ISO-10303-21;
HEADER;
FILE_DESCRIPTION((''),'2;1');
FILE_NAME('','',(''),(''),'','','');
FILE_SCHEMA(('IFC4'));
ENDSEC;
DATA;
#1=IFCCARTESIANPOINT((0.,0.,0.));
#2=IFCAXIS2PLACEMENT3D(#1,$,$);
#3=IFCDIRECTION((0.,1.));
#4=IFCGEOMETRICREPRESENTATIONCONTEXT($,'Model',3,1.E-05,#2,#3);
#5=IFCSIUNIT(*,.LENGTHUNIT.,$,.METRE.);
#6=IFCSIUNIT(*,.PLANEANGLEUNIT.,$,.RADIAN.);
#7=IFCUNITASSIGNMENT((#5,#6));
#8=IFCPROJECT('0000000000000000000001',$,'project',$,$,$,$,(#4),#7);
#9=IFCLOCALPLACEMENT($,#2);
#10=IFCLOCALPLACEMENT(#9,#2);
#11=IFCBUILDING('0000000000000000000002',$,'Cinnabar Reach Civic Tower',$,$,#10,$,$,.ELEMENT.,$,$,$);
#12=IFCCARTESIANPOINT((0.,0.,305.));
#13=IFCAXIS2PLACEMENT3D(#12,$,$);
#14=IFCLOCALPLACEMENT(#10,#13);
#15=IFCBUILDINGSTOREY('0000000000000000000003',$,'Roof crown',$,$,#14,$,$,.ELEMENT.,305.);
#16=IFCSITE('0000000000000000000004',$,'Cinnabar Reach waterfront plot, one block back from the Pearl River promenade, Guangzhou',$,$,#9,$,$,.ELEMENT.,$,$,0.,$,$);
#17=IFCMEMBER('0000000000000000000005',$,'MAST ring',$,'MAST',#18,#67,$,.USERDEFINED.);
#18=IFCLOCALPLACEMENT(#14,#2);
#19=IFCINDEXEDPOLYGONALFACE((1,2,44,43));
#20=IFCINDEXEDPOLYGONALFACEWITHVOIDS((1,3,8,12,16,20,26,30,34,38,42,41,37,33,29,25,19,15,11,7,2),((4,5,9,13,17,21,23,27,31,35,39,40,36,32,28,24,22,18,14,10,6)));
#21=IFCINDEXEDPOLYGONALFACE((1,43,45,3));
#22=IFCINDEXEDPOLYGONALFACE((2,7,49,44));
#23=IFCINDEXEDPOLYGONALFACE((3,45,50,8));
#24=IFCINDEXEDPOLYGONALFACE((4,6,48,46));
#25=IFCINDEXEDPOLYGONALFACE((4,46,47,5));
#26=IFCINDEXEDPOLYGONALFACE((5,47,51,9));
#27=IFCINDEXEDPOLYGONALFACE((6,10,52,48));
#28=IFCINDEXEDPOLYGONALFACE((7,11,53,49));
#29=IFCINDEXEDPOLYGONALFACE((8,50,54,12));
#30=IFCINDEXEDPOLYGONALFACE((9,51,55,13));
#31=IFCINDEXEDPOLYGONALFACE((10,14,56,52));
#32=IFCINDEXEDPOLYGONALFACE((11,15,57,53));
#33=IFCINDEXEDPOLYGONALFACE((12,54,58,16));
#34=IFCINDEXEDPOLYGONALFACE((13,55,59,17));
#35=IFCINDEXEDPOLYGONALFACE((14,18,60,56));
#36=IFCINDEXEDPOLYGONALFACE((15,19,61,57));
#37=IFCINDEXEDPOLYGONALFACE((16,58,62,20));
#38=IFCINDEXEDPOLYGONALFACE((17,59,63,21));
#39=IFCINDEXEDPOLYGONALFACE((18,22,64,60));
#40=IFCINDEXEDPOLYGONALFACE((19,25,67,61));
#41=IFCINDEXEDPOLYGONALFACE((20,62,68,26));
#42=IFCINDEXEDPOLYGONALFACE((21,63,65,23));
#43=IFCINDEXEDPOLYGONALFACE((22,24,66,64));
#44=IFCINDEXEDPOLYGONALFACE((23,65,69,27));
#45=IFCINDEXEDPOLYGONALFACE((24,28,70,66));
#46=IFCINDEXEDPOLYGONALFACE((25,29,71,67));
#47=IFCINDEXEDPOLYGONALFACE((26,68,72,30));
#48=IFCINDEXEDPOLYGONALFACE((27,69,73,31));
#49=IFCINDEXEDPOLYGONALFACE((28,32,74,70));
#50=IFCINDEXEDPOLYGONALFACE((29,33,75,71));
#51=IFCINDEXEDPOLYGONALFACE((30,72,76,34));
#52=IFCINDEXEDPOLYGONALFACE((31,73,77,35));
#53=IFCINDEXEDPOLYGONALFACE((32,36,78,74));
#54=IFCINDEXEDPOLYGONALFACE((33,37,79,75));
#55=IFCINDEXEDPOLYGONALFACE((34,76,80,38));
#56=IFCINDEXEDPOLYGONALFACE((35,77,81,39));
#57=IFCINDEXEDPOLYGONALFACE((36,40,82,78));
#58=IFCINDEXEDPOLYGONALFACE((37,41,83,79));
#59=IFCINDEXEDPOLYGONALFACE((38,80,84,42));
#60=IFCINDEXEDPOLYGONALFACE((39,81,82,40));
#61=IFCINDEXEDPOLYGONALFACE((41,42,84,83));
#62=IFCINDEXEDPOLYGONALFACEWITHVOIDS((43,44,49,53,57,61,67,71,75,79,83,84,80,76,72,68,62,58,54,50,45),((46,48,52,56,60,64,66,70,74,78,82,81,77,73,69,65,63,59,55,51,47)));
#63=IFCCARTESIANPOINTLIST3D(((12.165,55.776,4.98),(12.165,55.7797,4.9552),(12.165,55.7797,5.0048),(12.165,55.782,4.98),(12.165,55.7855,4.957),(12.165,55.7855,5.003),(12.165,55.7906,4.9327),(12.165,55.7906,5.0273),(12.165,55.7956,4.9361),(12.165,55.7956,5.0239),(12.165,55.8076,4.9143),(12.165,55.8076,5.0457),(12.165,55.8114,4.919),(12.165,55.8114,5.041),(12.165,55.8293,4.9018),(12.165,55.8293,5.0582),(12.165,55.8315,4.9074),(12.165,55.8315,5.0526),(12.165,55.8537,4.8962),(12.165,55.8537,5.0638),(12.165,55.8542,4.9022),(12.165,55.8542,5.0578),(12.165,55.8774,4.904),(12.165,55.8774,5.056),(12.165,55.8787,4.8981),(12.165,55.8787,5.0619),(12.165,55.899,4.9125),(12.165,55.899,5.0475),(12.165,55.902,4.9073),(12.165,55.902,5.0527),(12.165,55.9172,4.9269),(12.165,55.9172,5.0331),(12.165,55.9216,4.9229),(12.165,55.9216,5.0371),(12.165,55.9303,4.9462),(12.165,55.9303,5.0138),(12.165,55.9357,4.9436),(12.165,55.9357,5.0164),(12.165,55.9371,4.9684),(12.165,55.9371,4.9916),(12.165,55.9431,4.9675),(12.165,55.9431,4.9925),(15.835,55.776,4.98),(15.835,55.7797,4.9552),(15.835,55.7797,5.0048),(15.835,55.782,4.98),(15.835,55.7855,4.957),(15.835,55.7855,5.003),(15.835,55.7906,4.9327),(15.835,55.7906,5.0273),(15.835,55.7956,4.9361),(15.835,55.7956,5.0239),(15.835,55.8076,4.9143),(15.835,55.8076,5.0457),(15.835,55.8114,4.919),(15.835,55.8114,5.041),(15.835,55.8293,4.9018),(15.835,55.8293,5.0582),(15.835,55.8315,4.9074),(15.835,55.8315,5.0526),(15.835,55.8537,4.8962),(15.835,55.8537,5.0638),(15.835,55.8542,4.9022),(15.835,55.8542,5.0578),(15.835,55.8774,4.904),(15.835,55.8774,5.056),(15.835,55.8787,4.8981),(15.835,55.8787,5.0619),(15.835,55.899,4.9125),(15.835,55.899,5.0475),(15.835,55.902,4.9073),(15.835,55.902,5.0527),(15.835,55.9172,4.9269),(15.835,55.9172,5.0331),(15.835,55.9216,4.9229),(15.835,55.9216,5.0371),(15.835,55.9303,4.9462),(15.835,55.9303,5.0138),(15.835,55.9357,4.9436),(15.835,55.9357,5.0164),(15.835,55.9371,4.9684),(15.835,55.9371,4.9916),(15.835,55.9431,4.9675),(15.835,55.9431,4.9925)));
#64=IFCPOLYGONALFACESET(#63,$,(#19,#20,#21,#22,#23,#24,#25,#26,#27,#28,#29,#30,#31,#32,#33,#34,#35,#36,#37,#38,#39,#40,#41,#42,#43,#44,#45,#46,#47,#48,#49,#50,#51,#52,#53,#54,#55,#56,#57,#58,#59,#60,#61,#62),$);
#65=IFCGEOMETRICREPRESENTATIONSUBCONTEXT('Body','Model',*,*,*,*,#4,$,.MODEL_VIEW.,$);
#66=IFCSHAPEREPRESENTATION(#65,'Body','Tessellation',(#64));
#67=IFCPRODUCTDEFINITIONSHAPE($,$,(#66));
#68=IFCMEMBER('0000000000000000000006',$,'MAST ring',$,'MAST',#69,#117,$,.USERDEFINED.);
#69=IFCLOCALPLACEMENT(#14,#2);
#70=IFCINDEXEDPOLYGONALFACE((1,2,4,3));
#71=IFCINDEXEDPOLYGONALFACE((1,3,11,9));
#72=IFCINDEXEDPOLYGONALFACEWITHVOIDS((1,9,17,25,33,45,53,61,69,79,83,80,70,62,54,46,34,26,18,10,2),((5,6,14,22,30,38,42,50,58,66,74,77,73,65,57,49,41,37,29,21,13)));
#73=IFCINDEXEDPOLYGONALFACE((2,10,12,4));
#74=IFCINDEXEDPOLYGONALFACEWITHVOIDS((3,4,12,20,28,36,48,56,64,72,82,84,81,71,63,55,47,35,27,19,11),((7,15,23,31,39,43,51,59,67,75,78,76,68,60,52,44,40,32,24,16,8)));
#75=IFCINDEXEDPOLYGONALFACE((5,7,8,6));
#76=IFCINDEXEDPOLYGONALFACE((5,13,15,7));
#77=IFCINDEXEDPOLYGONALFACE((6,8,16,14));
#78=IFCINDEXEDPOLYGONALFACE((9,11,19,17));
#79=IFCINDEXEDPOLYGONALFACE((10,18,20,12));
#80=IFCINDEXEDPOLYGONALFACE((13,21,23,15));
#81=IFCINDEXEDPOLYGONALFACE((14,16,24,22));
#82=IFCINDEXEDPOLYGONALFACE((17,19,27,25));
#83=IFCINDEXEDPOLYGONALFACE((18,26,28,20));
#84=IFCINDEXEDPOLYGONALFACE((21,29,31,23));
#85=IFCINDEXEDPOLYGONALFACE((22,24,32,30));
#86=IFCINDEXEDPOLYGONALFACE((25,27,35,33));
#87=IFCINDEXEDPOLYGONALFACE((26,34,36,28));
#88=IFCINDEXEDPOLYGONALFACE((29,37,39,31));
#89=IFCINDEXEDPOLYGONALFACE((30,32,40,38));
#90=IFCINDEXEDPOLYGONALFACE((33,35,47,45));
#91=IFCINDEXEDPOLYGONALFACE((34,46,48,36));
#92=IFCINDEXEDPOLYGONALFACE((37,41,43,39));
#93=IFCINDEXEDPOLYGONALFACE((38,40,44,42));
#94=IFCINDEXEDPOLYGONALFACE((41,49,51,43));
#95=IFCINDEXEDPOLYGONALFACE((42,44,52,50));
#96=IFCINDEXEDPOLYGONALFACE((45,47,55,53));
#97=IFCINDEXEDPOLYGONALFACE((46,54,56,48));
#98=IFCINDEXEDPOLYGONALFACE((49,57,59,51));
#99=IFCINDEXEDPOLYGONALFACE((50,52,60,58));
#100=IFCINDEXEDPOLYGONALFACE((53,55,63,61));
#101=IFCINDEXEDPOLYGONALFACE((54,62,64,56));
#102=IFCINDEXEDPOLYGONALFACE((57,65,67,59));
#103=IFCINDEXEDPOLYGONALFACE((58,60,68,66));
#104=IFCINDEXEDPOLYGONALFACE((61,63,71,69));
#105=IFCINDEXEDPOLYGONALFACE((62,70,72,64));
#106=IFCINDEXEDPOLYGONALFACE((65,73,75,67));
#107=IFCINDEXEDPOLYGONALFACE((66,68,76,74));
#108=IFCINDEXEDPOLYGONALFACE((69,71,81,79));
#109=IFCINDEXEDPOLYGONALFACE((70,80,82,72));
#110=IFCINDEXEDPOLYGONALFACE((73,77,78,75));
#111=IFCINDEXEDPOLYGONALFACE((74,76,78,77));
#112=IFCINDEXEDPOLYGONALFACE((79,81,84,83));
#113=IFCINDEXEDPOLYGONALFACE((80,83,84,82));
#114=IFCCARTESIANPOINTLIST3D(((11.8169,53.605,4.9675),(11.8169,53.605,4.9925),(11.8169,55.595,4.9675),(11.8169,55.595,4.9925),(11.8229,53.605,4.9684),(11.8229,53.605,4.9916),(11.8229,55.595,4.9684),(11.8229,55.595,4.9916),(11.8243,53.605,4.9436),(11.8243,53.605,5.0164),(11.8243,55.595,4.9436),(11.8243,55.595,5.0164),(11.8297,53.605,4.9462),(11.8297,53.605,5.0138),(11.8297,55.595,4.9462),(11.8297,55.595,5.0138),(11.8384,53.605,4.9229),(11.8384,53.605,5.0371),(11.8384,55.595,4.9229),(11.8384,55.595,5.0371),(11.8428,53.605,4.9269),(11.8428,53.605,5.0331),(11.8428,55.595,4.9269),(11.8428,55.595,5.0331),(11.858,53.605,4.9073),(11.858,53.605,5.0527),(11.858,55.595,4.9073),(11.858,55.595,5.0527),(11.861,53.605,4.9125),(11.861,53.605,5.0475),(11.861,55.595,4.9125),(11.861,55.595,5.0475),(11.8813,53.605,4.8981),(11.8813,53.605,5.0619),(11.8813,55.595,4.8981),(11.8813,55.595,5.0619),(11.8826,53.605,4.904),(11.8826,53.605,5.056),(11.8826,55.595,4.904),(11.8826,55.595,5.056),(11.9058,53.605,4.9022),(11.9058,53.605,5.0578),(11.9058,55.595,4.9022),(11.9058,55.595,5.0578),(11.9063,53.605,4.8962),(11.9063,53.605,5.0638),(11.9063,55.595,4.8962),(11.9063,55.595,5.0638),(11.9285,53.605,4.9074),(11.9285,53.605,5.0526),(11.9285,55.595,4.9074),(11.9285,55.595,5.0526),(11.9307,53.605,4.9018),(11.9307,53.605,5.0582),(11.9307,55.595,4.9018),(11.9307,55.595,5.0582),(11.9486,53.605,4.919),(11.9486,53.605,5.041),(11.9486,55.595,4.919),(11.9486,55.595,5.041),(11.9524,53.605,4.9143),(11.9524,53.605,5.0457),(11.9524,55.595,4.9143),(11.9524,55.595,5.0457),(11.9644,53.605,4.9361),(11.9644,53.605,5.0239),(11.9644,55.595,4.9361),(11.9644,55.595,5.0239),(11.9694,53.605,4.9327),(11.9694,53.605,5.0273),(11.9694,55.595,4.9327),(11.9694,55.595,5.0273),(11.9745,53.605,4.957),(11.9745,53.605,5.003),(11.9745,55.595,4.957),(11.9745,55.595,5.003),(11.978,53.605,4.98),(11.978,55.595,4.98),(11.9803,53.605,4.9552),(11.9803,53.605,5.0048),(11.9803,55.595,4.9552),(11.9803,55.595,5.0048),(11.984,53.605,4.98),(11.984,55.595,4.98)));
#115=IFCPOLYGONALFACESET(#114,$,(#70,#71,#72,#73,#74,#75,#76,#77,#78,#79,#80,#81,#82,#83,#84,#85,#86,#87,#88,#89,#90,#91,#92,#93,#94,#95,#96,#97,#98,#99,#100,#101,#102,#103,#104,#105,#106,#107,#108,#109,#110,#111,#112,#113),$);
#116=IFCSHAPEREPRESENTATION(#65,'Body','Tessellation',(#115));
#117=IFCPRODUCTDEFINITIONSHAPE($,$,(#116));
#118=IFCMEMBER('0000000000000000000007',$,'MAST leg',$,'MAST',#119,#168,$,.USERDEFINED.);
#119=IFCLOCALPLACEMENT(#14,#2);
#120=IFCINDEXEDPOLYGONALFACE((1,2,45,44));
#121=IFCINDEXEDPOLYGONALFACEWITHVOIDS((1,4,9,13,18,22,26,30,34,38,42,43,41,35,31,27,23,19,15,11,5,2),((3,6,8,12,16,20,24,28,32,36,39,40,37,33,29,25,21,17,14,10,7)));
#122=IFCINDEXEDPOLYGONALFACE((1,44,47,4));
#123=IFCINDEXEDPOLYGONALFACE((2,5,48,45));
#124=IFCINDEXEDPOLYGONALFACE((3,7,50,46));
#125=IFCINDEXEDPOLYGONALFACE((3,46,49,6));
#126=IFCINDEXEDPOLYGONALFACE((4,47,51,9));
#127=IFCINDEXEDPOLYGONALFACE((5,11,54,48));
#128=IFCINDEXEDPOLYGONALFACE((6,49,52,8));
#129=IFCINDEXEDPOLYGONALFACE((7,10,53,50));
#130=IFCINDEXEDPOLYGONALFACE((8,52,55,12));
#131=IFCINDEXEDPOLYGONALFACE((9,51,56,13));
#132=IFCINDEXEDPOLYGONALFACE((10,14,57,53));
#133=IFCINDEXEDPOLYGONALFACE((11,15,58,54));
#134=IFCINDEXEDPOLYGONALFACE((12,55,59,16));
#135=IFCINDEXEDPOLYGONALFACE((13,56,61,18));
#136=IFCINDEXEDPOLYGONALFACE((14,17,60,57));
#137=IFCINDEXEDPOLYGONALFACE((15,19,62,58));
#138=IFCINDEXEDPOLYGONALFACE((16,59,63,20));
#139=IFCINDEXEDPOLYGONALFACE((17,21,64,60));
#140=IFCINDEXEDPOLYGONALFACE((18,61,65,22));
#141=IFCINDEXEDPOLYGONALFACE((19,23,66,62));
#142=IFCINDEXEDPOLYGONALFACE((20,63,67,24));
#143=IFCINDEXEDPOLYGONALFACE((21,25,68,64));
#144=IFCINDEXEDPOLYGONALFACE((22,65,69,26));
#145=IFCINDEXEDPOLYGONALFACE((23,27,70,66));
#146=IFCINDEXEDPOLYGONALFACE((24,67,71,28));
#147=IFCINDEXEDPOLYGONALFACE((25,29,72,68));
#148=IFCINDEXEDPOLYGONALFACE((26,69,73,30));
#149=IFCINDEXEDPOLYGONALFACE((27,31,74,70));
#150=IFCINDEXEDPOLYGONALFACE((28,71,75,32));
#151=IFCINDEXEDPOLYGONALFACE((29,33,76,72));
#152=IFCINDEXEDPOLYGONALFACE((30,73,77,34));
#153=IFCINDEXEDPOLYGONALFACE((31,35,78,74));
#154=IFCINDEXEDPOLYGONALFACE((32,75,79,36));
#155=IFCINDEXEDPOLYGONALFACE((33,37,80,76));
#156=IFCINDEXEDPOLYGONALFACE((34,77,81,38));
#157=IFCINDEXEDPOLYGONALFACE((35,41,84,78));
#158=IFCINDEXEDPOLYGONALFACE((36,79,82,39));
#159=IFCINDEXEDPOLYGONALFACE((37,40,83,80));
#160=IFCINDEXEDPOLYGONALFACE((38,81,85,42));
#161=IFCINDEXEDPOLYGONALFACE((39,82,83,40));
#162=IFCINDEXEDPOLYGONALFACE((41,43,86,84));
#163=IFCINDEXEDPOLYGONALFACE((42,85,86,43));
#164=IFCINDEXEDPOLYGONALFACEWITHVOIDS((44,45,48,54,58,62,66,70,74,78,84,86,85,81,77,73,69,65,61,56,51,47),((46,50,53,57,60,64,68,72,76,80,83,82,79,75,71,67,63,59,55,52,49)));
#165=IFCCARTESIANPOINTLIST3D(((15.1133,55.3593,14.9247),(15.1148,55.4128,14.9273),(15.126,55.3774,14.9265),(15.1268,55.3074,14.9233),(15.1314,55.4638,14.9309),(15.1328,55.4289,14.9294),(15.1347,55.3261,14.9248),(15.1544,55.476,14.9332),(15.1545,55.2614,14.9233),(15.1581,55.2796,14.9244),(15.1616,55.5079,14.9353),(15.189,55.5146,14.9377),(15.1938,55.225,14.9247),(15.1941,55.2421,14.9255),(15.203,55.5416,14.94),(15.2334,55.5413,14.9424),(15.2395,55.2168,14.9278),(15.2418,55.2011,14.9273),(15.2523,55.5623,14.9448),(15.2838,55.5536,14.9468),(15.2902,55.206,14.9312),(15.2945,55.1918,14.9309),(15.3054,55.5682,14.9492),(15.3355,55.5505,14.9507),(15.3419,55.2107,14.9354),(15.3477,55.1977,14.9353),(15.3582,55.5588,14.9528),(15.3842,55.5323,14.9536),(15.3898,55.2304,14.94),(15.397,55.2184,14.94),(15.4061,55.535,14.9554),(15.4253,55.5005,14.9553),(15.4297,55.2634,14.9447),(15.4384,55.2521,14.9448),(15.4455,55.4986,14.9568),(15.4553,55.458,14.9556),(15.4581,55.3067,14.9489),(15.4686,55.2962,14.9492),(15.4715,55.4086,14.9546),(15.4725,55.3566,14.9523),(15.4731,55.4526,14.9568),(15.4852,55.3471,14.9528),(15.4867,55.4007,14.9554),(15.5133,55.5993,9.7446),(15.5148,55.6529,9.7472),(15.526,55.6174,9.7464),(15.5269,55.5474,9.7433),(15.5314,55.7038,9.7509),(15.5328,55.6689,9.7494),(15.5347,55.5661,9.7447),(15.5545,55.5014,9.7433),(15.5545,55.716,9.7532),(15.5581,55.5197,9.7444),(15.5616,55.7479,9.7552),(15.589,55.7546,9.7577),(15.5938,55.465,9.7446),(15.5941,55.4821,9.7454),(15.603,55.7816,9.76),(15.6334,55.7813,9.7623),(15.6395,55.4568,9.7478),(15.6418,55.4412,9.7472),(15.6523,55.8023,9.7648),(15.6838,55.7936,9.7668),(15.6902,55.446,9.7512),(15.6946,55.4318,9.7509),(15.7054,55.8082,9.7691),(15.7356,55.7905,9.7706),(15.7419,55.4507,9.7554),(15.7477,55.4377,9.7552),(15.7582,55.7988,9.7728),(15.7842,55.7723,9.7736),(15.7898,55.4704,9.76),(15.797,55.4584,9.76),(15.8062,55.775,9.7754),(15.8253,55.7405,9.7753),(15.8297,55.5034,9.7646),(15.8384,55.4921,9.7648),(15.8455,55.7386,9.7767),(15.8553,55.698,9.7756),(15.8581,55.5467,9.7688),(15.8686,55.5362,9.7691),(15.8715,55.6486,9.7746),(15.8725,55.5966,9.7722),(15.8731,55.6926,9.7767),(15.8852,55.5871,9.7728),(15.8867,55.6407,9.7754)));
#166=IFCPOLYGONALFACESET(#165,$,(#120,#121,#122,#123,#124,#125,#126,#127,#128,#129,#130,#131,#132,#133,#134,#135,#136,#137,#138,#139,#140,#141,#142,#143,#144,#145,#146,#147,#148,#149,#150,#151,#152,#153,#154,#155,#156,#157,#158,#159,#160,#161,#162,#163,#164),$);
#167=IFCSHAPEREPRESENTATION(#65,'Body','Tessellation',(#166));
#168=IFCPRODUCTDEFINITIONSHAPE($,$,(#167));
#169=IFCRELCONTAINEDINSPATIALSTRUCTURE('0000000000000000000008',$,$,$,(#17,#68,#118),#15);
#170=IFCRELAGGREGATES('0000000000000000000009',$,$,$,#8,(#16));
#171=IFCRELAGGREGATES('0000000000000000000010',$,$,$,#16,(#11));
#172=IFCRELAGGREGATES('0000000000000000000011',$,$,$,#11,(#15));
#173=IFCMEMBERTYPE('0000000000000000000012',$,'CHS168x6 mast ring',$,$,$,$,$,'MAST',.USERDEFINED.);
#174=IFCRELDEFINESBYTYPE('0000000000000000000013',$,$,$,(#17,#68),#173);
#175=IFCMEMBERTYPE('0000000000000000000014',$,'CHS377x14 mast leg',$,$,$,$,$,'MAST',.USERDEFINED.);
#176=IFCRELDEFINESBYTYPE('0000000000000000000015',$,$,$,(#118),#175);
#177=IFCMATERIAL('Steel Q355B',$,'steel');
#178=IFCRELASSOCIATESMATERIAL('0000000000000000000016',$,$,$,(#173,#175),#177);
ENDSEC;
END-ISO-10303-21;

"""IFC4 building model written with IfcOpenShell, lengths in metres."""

from ifc_helpers import new_model, si_unit, direction, frame, origin, origin_2d, place, context, subcontext, project, spatial, hollow_circle, extrude, material, material_profile, profile_set, type_object, element, save


model = new_model("IFC4")

# Units and contexts
model_context = context("Model", 3, precision=1e-05, world=origin(), true_north=direction((0.0, 1.0)))
body_context = subcontext(model_context, "Body", "Model", "MODEL_VIEW")
ifc_project = project(units=[si_unit("LENGTHUNIT", "METRE"), si_unit("PLANEANGLEUNIT", "RADIAN")], contexts=[model_context])

# Site, building, storey
site_placement = place(None, origin())
site = spatial("IfcSite", under=ifc_project, at=site_placement, Name="Cinnabar Reach waterfront plot, one block back from the Pearl River promenade, Guangzhou", CompositionType="ELEMENT", RefElevation=0.0)
building_placement = place(site_placement, origin())
building = spatial("IfcBuilding", under=site, at=building_placement, Name="Cinnabar Reach Civic Tower", CompositionType="ELEMENT")
storey_placement = place(building_placement, frame((0.0, 0.0, 305.0)))
storey = spatial("IfcBuildingStorey", under=building, at=storey_placement, Name="Roof crown", CompositionType="ELEMENT", Elevation=305.0)

# Members
ifc_material_1 = material(Name="Steel Q355B", Category="steel")
ifc_material_profile_1 = material_profile(ifc_material_1, hollow_circle(Radius=0.084, WallThickness=0.006, at=origin_2d()), Name="CHS168x6")
ifc_profile_set_1 = profile_set([ifc_material_profile_1], Name="Steel Q355B")
member_type_1 = type_object("IfcMemberType", Name="CHS168x6 mast ring", ElementType="MAST", PredefinedType="USERDEFINED", material=ifc_profile_set_1)
member_1_placement = place(storey_placement, frame((15.835, 55.86, 4.98), z_axis=(-1.0, 0.0, 0.0), x_axis=(0.0, -1.0, 0.0)))
element("IfcMember", 1, at=member_1_placement, inside=storey, type_object=member_type_1, Name="MAST ring", ObjectType="MAST", PredefinedType="USERDEFINED", context=body_context, shape_type="SweptSolid", body=[
    extrude(hollow_circle(Radius=0.084, WallThickness=0.006, at=origin_2d()), origin(), (0.0, 0.0, 1.0), 3.67),
])
member_2_placement = place(storey_placement, frame((11.9, 55.595, 4.98), z_axis=(0.0, -1.0, 0.0), x_axis=(1.0, 0.0, 0.0)))
element("IfcMember", 2, at=member_2_placement, inside=storey, type_object=member_type_1, Name="MAST ring", ObjectType="MAST", PredefinedType="USERDEFINED", context=body_context, shape_type="SweptSolid", body=[
    extrude(hollow_circle(Radius=0.084, WallThickness=0.006, at=origin_2d()), origin(), (0.0, 0.0, 1.0), 1.99),
])
ifc_material_profile_2 = material_profile(ifc_material_1, hollow_circle(Radius=0.1885, WallThickness=0.014, at=origin_2d()), Name="CHS377x14")
ifc_profile_set_2 = profile_set([ifc_material_profile_2], Name="Steel Q355B")
member_type_2 = type_object("IfcMemberType", Name="CHS377x14 mast leg", ElementType="MAST", PredefinedType="USERDEFINED", material=ifc_profile_set_2)
member_3_placement = place(storey_placement, frame((15.7, 55.62, 9.76), z_axis=(-0.076909, -0.046145, 0.99597), x_axis=(0.514496, -0.857493, 0.0)))
element("IfcMember", 3, at=member_3_placement, inside=storey, type_object=member_type_2, Name="MAST leg", ObjectType="MAST", PredefinedType="USERDEFINED", context=body_context, shape_type="SweptSolid", body=[
    extrude(hollow_circle(Radius=0.1885, WallThickness=0.014, at=origin_2d()), origin(), (0.0, 0.0, 1.0), 5.201),
])

save(model, "model.ifc")
